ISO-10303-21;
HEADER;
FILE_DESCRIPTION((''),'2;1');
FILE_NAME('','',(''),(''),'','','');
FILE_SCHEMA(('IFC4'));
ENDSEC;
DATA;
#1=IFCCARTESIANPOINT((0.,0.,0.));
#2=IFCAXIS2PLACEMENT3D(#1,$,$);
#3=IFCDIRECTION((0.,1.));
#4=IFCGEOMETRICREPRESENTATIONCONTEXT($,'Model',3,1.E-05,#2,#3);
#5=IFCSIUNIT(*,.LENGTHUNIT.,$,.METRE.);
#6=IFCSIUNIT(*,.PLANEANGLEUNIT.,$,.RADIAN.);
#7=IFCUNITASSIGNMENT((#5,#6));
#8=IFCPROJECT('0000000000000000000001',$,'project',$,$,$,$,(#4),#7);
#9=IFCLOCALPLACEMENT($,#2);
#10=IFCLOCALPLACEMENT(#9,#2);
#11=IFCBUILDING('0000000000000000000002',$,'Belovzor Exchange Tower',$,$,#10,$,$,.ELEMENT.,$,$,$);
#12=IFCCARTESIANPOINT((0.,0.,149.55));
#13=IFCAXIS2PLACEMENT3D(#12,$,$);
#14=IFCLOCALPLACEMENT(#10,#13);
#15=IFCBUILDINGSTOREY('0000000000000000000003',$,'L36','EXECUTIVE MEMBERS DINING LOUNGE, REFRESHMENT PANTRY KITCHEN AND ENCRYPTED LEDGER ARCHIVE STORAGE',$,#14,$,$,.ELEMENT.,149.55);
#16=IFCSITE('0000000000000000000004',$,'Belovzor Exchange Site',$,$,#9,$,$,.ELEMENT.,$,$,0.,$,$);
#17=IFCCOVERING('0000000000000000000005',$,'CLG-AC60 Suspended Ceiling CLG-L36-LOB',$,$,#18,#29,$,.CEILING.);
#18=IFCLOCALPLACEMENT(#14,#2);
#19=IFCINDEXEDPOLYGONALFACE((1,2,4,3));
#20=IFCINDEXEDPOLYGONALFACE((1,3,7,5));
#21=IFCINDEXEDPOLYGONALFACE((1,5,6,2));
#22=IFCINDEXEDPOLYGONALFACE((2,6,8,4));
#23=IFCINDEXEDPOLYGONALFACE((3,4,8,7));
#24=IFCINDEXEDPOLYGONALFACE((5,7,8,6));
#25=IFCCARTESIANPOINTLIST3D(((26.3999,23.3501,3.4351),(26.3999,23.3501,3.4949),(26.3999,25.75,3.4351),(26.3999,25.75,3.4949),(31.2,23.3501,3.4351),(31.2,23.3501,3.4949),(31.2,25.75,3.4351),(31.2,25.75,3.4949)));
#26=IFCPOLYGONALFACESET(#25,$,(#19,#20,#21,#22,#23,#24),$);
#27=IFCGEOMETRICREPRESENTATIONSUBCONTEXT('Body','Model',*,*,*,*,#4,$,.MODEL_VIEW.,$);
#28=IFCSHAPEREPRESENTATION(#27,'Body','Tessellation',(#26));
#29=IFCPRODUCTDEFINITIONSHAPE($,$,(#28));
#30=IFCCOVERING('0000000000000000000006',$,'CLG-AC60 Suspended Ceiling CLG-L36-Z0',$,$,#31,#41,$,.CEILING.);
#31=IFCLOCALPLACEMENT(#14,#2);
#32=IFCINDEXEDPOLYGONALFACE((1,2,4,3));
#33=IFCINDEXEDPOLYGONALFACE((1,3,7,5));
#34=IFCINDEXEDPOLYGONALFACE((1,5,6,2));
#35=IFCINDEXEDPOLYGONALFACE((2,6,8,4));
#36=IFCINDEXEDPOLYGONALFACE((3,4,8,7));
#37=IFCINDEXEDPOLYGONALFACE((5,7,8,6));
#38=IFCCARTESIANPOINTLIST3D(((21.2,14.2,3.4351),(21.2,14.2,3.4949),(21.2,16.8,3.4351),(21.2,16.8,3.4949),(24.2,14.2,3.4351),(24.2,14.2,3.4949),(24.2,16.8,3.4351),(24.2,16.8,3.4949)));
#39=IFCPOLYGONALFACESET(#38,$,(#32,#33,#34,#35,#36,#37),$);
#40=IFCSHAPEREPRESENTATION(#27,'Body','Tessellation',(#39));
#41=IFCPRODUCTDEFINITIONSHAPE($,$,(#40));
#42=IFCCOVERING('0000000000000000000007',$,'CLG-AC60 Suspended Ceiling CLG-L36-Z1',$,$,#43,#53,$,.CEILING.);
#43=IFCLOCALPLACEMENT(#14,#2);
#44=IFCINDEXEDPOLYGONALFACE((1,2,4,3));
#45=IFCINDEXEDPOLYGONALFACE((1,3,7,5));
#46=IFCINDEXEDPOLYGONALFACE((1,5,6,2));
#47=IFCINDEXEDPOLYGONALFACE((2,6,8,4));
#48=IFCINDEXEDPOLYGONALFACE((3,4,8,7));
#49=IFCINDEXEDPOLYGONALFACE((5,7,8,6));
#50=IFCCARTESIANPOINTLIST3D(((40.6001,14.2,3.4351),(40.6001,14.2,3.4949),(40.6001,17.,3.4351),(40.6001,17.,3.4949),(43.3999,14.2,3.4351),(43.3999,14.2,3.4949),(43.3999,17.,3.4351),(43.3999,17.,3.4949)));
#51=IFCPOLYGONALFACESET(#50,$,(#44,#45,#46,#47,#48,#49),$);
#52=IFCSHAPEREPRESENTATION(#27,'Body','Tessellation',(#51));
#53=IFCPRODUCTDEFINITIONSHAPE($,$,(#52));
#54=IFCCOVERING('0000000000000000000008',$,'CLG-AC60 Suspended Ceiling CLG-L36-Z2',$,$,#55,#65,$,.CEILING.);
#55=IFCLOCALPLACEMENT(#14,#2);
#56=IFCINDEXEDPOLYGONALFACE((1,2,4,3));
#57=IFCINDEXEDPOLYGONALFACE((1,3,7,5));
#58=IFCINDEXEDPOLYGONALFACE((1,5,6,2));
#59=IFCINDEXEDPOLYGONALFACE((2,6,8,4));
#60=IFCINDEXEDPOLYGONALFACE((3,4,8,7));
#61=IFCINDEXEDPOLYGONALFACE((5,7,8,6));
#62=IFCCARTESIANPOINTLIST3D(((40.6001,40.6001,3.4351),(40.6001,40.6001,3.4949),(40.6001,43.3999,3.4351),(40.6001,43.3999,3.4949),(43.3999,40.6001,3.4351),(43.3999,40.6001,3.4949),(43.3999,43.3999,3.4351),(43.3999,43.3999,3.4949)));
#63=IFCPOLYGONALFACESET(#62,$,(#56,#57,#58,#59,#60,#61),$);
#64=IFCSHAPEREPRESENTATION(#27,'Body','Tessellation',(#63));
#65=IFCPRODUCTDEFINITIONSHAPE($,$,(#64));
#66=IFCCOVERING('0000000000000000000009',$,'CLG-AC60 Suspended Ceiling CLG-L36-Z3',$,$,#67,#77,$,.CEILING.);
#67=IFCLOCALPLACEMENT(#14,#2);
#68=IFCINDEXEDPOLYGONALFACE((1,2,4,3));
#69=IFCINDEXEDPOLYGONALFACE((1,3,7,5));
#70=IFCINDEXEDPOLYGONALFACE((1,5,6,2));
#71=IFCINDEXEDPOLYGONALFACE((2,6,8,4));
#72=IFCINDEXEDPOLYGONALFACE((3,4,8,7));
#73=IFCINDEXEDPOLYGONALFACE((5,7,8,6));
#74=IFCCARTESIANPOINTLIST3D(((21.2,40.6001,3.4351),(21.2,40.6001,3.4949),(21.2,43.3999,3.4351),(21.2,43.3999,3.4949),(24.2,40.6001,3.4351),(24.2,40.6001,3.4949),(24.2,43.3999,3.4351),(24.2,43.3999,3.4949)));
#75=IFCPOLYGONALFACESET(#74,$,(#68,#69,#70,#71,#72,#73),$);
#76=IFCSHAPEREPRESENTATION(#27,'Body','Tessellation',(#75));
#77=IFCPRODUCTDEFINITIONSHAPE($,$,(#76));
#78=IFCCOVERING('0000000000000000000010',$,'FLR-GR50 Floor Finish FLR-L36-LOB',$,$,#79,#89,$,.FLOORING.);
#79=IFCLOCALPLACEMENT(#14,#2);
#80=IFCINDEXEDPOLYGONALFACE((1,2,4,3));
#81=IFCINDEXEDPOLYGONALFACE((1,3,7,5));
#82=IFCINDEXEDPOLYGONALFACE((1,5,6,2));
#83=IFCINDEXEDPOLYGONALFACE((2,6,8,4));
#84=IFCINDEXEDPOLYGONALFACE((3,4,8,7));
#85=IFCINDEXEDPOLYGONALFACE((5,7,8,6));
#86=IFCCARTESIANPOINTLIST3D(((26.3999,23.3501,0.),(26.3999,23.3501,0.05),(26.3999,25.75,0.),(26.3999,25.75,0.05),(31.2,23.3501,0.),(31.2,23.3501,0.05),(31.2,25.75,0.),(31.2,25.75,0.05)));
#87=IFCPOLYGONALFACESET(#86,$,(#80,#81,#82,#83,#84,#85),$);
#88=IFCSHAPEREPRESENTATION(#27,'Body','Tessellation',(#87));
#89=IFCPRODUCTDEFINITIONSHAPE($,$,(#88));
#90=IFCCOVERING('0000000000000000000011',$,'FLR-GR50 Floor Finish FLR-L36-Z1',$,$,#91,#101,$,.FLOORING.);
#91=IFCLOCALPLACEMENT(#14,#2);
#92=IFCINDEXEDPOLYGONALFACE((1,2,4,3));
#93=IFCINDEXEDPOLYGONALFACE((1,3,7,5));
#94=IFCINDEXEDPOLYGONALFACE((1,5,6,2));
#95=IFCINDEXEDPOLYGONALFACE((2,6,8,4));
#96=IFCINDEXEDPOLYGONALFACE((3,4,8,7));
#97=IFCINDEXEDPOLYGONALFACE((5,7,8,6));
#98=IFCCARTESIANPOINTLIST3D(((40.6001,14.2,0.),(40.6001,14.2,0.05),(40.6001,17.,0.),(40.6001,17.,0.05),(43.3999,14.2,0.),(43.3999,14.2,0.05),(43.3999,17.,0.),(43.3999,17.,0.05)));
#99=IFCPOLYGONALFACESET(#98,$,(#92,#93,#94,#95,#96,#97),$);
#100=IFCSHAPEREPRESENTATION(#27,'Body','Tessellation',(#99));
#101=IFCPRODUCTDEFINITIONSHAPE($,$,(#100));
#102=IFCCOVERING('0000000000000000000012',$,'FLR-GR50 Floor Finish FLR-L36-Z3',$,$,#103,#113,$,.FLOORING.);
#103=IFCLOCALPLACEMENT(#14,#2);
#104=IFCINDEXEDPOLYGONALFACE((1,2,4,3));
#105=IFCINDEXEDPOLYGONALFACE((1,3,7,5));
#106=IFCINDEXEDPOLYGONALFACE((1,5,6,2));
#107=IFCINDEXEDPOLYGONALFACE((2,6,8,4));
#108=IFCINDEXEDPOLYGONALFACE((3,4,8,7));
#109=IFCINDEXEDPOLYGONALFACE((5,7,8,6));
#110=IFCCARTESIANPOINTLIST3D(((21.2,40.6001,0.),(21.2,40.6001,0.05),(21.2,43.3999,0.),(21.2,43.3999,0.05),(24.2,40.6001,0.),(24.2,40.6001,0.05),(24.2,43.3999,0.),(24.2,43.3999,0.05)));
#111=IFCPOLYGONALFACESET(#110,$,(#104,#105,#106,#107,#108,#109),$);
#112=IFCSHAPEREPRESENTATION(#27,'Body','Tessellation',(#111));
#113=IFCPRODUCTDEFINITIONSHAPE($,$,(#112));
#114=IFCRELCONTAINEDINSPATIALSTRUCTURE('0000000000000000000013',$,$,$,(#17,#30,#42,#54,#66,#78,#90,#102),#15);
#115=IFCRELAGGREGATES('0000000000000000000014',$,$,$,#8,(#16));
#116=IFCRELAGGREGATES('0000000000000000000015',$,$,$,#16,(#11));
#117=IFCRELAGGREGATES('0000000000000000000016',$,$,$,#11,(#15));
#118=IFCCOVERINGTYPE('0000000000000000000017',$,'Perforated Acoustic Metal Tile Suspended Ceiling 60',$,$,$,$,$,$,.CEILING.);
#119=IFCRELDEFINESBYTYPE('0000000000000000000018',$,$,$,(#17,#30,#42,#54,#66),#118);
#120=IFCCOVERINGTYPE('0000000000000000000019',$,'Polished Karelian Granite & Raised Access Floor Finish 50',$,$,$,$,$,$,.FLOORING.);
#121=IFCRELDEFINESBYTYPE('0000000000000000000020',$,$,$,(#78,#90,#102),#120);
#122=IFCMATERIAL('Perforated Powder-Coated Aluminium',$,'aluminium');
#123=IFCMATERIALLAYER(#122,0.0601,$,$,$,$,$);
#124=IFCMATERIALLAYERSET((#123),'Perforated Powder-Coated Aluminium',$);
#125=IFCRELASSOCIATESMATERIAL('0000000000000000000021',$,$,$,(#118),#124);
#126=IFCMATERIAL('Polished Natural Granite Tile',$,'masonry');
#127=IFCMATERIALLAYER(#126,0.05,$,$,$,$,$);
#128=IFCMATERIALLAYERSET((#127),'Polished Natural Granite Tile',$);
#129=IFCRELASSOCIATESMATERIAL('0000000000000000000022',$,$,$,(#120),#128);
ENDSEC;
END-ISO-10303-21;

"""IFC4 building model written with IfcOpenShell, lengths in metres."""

from ifc_helpers import new_model, si_unit, direction, frame, origin, place, context, subcontext, project, spatial, polyline, outline, extrude, material, layer, layer_set, type_object, element, save


model = new_model("IFC4")

# Units and contexts
model_context = context("Model", 3, precision=1e-05, world=origin(), true_north=direction((0.0, 1.0)))
body_context = subcontext(model_context, "Body", "Model", "MODEL_VIEW")
ifc_project = project(units=[si_unit("LENGTHUNIT", "METRE"), si_unit("PLANEANGLEUNIT", "RADIAN")], contexts=[model_context])

# Site, building, storey
site_placement = place(None, origin())
site = spatial("IfcSite", under=ifc_project, at=site_placement, Name="Belovzor Exchange Site", CompositionType="ELEMENT", RefElevation=0.0)
building_placement = place(site_placement, origin())
building = spatial("IfcBuilding", under=site, at=building_placement, Name="Belovzor Exchange Tower", CompositionType="ELEMENT")
storey_placement = place(building_placement, frame((0.0, 0.0, 149.55)))
storey = spatial("IfcBuildingStorey", under=building, at=storey_placement, Name="L36", Description="EXECUTIVE MEMBERS DINING LOUNGE, REFRESHMENT PANTRY KITCHEN AND ENCRYPTED LEDGER ARCHIVE STORAGE", CompositionType="ELEMENT", Elevation=149.55)

# Coverings
ifc_material_1 = material(Name="Perforated Powder-Coated Aluminium", Category="aluminium")
ifc_layer_1 = layer(ifc_material_1, 0.0601)
ifc_layer_set_1 = layer_set([ifc_layer_1], Name="Perforated Powder-Coated Aluminium")
covering_type_1 = type_object("IfcCoveringType", Name="Perforated Acoustic Metal Tile Suspended Ceiling 60", PredefinedType="CEILING", material=ifc_layer_set_1)
covering_1_placement = place(storey_placement, frame((0.0, 0.0, 3.4351)))
element("IfcCovering", 1, at=covering_1_placement, inside=storey, type_object=covering_type_1, Name="CLG-AC60 Suspended Ceiling CLG-L36-LOB", PredefinedType="CEILING", context=body_context, shape_type="SweptSolid", body=[
    extrude(outline(polyline([(26.3999, 23.3501), (31.2, 23.3501), (31.2, 25.75), (26.3999, 25.75), (26.3999, 23.3501)])), origin(), (0.0, 0.0, 1.0), 0.0598),
])
covering_2_placement = place(storey_placement, frame((0.0, 0.0, 3.4351)))
element("IfcCovering", 2, at=covering_2_placement, inside=storey, type_object=covering_type_1, Name="CLG-AC60 Suspended Ceiling CLG-L36-Z0", PredefinedType="CEILING", context=body_context, shape_type="SweptSolid", body=[
    extrude(outline(polyline([(21.2, 14.2), (24.2, 14.2), (24.2, 16.8), (21.2, 16.8), (21.2, 14.2)])), origin(), (0.0, 0.0, 1.0), 0.0598),
])
covering_3_placement = place(storey_placement, frame((0.0, 0.0, 3.4351)))
element("IfcCovering", 3, at=covering_3_placement, inside=storey, type_object=covering_type_1, Name="CLG-AC60 Suspended Ceiling CLG-L36-Z1", PredefinedType="CEILING", context=body_context, shape_type="SweptSolid", body=[
    extrude(outline(polyline([(40.6001, 14.2), (43.3999, 14.2), (43.3999, 17.0), (40.6001, 17.0), (40.6001, 14.2)])), origin(), (0.0, 0.0, 1.0), 0.0598),
])
covering_4_placement = place(storey_placement, frame((0.0, 0.0, 3.4351)))
element("IfcCovering", 4, at=covering_4_placement, inside=storey, type_object=covering_type_1, Name="CLG-AC60 Suspended Ceiling CLG-L36-Z2", PredefinedType="CEILING", context=body_context, shape_type="SweptSolid", body=[
    extrude(outline(polyline([(40.6001, 40.6001), (43.3999, 40.6001), (43.3999, 43.3999), (40.6001, 43.3999), (40.6001, 40.6001)])), origin(), (0.0, 0.0, 1.0), 0.0598),
])
covering_5_placement = place(storey_placement, frame((0.0, 0.0, 3.4351)))
element("IfcCovering", 5, at=covering_5_placement, inside=storey, type_object=covering_type_1, Name="CLG-AC60 Suspended Ceiling CLG-L36-Z3", PredefinedType="CEILING", context=body_context, shape_type="SweptSolid", body=[
    extrude(outline(polyline([(21.2, 40.6001), (24.2, 40.6001), (24.2, 43.3999), (21.2, 43.3999), (21.2, 40.6001)])), origin(), (0.0, 0.0, 1.0), 0.0598),
])
ifc_material_2 = material(Name="Polished Natural Granite Tile", Category="masonry")
ifc_layer_2 = layer(ifc_material_2, 0.05)
ifc_layer_set_2 = layer_set([ifc_layer_2], Name="Polished Natural Granite Tile")
covering_type_2 = type_object("IfcCoveringType", Name="Polished Karelian Granite & Raised Access Floor Finish 50", PredefinedType="FLOORING", material=ifc_layer_set_2)
covering_6_placement = place(storey_placement, origin())
element("IfcCovering", 6, at=covering_6_placement, inside=storey, type_object=covering_type_2, Name="FLR-GR50 Floor Finish FLR-L36-LOB", PredefinedType="FLOORING", context=body_context, shape_type="SweptSolid", body=[
    extrude(outline(polyline([(26.3999, 23.3501), (31.2, 23.3501), (31.2, 25.75), (26.3999, 25.75), (26.3999, 23.3501)])), origin(), (0.0, 0.0, 1.0), 0.05),
])
covering_7_placement = place(storey_placement, origin())
element("IfcCovering", 7, at=covering_7_placement, inside=storey, type_object=covering_type_2, Name="FLR-GR50 Floor Finish FLR-L36-Z1", PredefinedType="FLOORING", context=body_context, shape_type="SweptSolid", body=[
    extrude(outline(polyline([(40.6001, 14.2), (43.3999, 14.2), (43.3999, 17.0), (40.6001, 17.0), (40.6001, 14.2)])), origin(), (0.0, 0.0, 1.0), 0.05),
])
covering_8_placement = place(storey_placement, origin())
element("IfcCovering", 8, at=covering_8_placement, inside=storey, type_object=covering_type_2, Name="FLR-GR50 Floor Finish FLR-L36-Z3", PredefinedType="FLOORING", context=body_context, shape_type="SweptSolid", body=[
    extrude(outline(polyline([(21.2, 40.6001), (24.2, 40.6001), (24.2, 43.3999), (21.2, 43.3999), (21.2, 40.6001)])), origin(), (0.0, 0.0, 1.0), 0.05),
])

save(model, "model.ifc")
